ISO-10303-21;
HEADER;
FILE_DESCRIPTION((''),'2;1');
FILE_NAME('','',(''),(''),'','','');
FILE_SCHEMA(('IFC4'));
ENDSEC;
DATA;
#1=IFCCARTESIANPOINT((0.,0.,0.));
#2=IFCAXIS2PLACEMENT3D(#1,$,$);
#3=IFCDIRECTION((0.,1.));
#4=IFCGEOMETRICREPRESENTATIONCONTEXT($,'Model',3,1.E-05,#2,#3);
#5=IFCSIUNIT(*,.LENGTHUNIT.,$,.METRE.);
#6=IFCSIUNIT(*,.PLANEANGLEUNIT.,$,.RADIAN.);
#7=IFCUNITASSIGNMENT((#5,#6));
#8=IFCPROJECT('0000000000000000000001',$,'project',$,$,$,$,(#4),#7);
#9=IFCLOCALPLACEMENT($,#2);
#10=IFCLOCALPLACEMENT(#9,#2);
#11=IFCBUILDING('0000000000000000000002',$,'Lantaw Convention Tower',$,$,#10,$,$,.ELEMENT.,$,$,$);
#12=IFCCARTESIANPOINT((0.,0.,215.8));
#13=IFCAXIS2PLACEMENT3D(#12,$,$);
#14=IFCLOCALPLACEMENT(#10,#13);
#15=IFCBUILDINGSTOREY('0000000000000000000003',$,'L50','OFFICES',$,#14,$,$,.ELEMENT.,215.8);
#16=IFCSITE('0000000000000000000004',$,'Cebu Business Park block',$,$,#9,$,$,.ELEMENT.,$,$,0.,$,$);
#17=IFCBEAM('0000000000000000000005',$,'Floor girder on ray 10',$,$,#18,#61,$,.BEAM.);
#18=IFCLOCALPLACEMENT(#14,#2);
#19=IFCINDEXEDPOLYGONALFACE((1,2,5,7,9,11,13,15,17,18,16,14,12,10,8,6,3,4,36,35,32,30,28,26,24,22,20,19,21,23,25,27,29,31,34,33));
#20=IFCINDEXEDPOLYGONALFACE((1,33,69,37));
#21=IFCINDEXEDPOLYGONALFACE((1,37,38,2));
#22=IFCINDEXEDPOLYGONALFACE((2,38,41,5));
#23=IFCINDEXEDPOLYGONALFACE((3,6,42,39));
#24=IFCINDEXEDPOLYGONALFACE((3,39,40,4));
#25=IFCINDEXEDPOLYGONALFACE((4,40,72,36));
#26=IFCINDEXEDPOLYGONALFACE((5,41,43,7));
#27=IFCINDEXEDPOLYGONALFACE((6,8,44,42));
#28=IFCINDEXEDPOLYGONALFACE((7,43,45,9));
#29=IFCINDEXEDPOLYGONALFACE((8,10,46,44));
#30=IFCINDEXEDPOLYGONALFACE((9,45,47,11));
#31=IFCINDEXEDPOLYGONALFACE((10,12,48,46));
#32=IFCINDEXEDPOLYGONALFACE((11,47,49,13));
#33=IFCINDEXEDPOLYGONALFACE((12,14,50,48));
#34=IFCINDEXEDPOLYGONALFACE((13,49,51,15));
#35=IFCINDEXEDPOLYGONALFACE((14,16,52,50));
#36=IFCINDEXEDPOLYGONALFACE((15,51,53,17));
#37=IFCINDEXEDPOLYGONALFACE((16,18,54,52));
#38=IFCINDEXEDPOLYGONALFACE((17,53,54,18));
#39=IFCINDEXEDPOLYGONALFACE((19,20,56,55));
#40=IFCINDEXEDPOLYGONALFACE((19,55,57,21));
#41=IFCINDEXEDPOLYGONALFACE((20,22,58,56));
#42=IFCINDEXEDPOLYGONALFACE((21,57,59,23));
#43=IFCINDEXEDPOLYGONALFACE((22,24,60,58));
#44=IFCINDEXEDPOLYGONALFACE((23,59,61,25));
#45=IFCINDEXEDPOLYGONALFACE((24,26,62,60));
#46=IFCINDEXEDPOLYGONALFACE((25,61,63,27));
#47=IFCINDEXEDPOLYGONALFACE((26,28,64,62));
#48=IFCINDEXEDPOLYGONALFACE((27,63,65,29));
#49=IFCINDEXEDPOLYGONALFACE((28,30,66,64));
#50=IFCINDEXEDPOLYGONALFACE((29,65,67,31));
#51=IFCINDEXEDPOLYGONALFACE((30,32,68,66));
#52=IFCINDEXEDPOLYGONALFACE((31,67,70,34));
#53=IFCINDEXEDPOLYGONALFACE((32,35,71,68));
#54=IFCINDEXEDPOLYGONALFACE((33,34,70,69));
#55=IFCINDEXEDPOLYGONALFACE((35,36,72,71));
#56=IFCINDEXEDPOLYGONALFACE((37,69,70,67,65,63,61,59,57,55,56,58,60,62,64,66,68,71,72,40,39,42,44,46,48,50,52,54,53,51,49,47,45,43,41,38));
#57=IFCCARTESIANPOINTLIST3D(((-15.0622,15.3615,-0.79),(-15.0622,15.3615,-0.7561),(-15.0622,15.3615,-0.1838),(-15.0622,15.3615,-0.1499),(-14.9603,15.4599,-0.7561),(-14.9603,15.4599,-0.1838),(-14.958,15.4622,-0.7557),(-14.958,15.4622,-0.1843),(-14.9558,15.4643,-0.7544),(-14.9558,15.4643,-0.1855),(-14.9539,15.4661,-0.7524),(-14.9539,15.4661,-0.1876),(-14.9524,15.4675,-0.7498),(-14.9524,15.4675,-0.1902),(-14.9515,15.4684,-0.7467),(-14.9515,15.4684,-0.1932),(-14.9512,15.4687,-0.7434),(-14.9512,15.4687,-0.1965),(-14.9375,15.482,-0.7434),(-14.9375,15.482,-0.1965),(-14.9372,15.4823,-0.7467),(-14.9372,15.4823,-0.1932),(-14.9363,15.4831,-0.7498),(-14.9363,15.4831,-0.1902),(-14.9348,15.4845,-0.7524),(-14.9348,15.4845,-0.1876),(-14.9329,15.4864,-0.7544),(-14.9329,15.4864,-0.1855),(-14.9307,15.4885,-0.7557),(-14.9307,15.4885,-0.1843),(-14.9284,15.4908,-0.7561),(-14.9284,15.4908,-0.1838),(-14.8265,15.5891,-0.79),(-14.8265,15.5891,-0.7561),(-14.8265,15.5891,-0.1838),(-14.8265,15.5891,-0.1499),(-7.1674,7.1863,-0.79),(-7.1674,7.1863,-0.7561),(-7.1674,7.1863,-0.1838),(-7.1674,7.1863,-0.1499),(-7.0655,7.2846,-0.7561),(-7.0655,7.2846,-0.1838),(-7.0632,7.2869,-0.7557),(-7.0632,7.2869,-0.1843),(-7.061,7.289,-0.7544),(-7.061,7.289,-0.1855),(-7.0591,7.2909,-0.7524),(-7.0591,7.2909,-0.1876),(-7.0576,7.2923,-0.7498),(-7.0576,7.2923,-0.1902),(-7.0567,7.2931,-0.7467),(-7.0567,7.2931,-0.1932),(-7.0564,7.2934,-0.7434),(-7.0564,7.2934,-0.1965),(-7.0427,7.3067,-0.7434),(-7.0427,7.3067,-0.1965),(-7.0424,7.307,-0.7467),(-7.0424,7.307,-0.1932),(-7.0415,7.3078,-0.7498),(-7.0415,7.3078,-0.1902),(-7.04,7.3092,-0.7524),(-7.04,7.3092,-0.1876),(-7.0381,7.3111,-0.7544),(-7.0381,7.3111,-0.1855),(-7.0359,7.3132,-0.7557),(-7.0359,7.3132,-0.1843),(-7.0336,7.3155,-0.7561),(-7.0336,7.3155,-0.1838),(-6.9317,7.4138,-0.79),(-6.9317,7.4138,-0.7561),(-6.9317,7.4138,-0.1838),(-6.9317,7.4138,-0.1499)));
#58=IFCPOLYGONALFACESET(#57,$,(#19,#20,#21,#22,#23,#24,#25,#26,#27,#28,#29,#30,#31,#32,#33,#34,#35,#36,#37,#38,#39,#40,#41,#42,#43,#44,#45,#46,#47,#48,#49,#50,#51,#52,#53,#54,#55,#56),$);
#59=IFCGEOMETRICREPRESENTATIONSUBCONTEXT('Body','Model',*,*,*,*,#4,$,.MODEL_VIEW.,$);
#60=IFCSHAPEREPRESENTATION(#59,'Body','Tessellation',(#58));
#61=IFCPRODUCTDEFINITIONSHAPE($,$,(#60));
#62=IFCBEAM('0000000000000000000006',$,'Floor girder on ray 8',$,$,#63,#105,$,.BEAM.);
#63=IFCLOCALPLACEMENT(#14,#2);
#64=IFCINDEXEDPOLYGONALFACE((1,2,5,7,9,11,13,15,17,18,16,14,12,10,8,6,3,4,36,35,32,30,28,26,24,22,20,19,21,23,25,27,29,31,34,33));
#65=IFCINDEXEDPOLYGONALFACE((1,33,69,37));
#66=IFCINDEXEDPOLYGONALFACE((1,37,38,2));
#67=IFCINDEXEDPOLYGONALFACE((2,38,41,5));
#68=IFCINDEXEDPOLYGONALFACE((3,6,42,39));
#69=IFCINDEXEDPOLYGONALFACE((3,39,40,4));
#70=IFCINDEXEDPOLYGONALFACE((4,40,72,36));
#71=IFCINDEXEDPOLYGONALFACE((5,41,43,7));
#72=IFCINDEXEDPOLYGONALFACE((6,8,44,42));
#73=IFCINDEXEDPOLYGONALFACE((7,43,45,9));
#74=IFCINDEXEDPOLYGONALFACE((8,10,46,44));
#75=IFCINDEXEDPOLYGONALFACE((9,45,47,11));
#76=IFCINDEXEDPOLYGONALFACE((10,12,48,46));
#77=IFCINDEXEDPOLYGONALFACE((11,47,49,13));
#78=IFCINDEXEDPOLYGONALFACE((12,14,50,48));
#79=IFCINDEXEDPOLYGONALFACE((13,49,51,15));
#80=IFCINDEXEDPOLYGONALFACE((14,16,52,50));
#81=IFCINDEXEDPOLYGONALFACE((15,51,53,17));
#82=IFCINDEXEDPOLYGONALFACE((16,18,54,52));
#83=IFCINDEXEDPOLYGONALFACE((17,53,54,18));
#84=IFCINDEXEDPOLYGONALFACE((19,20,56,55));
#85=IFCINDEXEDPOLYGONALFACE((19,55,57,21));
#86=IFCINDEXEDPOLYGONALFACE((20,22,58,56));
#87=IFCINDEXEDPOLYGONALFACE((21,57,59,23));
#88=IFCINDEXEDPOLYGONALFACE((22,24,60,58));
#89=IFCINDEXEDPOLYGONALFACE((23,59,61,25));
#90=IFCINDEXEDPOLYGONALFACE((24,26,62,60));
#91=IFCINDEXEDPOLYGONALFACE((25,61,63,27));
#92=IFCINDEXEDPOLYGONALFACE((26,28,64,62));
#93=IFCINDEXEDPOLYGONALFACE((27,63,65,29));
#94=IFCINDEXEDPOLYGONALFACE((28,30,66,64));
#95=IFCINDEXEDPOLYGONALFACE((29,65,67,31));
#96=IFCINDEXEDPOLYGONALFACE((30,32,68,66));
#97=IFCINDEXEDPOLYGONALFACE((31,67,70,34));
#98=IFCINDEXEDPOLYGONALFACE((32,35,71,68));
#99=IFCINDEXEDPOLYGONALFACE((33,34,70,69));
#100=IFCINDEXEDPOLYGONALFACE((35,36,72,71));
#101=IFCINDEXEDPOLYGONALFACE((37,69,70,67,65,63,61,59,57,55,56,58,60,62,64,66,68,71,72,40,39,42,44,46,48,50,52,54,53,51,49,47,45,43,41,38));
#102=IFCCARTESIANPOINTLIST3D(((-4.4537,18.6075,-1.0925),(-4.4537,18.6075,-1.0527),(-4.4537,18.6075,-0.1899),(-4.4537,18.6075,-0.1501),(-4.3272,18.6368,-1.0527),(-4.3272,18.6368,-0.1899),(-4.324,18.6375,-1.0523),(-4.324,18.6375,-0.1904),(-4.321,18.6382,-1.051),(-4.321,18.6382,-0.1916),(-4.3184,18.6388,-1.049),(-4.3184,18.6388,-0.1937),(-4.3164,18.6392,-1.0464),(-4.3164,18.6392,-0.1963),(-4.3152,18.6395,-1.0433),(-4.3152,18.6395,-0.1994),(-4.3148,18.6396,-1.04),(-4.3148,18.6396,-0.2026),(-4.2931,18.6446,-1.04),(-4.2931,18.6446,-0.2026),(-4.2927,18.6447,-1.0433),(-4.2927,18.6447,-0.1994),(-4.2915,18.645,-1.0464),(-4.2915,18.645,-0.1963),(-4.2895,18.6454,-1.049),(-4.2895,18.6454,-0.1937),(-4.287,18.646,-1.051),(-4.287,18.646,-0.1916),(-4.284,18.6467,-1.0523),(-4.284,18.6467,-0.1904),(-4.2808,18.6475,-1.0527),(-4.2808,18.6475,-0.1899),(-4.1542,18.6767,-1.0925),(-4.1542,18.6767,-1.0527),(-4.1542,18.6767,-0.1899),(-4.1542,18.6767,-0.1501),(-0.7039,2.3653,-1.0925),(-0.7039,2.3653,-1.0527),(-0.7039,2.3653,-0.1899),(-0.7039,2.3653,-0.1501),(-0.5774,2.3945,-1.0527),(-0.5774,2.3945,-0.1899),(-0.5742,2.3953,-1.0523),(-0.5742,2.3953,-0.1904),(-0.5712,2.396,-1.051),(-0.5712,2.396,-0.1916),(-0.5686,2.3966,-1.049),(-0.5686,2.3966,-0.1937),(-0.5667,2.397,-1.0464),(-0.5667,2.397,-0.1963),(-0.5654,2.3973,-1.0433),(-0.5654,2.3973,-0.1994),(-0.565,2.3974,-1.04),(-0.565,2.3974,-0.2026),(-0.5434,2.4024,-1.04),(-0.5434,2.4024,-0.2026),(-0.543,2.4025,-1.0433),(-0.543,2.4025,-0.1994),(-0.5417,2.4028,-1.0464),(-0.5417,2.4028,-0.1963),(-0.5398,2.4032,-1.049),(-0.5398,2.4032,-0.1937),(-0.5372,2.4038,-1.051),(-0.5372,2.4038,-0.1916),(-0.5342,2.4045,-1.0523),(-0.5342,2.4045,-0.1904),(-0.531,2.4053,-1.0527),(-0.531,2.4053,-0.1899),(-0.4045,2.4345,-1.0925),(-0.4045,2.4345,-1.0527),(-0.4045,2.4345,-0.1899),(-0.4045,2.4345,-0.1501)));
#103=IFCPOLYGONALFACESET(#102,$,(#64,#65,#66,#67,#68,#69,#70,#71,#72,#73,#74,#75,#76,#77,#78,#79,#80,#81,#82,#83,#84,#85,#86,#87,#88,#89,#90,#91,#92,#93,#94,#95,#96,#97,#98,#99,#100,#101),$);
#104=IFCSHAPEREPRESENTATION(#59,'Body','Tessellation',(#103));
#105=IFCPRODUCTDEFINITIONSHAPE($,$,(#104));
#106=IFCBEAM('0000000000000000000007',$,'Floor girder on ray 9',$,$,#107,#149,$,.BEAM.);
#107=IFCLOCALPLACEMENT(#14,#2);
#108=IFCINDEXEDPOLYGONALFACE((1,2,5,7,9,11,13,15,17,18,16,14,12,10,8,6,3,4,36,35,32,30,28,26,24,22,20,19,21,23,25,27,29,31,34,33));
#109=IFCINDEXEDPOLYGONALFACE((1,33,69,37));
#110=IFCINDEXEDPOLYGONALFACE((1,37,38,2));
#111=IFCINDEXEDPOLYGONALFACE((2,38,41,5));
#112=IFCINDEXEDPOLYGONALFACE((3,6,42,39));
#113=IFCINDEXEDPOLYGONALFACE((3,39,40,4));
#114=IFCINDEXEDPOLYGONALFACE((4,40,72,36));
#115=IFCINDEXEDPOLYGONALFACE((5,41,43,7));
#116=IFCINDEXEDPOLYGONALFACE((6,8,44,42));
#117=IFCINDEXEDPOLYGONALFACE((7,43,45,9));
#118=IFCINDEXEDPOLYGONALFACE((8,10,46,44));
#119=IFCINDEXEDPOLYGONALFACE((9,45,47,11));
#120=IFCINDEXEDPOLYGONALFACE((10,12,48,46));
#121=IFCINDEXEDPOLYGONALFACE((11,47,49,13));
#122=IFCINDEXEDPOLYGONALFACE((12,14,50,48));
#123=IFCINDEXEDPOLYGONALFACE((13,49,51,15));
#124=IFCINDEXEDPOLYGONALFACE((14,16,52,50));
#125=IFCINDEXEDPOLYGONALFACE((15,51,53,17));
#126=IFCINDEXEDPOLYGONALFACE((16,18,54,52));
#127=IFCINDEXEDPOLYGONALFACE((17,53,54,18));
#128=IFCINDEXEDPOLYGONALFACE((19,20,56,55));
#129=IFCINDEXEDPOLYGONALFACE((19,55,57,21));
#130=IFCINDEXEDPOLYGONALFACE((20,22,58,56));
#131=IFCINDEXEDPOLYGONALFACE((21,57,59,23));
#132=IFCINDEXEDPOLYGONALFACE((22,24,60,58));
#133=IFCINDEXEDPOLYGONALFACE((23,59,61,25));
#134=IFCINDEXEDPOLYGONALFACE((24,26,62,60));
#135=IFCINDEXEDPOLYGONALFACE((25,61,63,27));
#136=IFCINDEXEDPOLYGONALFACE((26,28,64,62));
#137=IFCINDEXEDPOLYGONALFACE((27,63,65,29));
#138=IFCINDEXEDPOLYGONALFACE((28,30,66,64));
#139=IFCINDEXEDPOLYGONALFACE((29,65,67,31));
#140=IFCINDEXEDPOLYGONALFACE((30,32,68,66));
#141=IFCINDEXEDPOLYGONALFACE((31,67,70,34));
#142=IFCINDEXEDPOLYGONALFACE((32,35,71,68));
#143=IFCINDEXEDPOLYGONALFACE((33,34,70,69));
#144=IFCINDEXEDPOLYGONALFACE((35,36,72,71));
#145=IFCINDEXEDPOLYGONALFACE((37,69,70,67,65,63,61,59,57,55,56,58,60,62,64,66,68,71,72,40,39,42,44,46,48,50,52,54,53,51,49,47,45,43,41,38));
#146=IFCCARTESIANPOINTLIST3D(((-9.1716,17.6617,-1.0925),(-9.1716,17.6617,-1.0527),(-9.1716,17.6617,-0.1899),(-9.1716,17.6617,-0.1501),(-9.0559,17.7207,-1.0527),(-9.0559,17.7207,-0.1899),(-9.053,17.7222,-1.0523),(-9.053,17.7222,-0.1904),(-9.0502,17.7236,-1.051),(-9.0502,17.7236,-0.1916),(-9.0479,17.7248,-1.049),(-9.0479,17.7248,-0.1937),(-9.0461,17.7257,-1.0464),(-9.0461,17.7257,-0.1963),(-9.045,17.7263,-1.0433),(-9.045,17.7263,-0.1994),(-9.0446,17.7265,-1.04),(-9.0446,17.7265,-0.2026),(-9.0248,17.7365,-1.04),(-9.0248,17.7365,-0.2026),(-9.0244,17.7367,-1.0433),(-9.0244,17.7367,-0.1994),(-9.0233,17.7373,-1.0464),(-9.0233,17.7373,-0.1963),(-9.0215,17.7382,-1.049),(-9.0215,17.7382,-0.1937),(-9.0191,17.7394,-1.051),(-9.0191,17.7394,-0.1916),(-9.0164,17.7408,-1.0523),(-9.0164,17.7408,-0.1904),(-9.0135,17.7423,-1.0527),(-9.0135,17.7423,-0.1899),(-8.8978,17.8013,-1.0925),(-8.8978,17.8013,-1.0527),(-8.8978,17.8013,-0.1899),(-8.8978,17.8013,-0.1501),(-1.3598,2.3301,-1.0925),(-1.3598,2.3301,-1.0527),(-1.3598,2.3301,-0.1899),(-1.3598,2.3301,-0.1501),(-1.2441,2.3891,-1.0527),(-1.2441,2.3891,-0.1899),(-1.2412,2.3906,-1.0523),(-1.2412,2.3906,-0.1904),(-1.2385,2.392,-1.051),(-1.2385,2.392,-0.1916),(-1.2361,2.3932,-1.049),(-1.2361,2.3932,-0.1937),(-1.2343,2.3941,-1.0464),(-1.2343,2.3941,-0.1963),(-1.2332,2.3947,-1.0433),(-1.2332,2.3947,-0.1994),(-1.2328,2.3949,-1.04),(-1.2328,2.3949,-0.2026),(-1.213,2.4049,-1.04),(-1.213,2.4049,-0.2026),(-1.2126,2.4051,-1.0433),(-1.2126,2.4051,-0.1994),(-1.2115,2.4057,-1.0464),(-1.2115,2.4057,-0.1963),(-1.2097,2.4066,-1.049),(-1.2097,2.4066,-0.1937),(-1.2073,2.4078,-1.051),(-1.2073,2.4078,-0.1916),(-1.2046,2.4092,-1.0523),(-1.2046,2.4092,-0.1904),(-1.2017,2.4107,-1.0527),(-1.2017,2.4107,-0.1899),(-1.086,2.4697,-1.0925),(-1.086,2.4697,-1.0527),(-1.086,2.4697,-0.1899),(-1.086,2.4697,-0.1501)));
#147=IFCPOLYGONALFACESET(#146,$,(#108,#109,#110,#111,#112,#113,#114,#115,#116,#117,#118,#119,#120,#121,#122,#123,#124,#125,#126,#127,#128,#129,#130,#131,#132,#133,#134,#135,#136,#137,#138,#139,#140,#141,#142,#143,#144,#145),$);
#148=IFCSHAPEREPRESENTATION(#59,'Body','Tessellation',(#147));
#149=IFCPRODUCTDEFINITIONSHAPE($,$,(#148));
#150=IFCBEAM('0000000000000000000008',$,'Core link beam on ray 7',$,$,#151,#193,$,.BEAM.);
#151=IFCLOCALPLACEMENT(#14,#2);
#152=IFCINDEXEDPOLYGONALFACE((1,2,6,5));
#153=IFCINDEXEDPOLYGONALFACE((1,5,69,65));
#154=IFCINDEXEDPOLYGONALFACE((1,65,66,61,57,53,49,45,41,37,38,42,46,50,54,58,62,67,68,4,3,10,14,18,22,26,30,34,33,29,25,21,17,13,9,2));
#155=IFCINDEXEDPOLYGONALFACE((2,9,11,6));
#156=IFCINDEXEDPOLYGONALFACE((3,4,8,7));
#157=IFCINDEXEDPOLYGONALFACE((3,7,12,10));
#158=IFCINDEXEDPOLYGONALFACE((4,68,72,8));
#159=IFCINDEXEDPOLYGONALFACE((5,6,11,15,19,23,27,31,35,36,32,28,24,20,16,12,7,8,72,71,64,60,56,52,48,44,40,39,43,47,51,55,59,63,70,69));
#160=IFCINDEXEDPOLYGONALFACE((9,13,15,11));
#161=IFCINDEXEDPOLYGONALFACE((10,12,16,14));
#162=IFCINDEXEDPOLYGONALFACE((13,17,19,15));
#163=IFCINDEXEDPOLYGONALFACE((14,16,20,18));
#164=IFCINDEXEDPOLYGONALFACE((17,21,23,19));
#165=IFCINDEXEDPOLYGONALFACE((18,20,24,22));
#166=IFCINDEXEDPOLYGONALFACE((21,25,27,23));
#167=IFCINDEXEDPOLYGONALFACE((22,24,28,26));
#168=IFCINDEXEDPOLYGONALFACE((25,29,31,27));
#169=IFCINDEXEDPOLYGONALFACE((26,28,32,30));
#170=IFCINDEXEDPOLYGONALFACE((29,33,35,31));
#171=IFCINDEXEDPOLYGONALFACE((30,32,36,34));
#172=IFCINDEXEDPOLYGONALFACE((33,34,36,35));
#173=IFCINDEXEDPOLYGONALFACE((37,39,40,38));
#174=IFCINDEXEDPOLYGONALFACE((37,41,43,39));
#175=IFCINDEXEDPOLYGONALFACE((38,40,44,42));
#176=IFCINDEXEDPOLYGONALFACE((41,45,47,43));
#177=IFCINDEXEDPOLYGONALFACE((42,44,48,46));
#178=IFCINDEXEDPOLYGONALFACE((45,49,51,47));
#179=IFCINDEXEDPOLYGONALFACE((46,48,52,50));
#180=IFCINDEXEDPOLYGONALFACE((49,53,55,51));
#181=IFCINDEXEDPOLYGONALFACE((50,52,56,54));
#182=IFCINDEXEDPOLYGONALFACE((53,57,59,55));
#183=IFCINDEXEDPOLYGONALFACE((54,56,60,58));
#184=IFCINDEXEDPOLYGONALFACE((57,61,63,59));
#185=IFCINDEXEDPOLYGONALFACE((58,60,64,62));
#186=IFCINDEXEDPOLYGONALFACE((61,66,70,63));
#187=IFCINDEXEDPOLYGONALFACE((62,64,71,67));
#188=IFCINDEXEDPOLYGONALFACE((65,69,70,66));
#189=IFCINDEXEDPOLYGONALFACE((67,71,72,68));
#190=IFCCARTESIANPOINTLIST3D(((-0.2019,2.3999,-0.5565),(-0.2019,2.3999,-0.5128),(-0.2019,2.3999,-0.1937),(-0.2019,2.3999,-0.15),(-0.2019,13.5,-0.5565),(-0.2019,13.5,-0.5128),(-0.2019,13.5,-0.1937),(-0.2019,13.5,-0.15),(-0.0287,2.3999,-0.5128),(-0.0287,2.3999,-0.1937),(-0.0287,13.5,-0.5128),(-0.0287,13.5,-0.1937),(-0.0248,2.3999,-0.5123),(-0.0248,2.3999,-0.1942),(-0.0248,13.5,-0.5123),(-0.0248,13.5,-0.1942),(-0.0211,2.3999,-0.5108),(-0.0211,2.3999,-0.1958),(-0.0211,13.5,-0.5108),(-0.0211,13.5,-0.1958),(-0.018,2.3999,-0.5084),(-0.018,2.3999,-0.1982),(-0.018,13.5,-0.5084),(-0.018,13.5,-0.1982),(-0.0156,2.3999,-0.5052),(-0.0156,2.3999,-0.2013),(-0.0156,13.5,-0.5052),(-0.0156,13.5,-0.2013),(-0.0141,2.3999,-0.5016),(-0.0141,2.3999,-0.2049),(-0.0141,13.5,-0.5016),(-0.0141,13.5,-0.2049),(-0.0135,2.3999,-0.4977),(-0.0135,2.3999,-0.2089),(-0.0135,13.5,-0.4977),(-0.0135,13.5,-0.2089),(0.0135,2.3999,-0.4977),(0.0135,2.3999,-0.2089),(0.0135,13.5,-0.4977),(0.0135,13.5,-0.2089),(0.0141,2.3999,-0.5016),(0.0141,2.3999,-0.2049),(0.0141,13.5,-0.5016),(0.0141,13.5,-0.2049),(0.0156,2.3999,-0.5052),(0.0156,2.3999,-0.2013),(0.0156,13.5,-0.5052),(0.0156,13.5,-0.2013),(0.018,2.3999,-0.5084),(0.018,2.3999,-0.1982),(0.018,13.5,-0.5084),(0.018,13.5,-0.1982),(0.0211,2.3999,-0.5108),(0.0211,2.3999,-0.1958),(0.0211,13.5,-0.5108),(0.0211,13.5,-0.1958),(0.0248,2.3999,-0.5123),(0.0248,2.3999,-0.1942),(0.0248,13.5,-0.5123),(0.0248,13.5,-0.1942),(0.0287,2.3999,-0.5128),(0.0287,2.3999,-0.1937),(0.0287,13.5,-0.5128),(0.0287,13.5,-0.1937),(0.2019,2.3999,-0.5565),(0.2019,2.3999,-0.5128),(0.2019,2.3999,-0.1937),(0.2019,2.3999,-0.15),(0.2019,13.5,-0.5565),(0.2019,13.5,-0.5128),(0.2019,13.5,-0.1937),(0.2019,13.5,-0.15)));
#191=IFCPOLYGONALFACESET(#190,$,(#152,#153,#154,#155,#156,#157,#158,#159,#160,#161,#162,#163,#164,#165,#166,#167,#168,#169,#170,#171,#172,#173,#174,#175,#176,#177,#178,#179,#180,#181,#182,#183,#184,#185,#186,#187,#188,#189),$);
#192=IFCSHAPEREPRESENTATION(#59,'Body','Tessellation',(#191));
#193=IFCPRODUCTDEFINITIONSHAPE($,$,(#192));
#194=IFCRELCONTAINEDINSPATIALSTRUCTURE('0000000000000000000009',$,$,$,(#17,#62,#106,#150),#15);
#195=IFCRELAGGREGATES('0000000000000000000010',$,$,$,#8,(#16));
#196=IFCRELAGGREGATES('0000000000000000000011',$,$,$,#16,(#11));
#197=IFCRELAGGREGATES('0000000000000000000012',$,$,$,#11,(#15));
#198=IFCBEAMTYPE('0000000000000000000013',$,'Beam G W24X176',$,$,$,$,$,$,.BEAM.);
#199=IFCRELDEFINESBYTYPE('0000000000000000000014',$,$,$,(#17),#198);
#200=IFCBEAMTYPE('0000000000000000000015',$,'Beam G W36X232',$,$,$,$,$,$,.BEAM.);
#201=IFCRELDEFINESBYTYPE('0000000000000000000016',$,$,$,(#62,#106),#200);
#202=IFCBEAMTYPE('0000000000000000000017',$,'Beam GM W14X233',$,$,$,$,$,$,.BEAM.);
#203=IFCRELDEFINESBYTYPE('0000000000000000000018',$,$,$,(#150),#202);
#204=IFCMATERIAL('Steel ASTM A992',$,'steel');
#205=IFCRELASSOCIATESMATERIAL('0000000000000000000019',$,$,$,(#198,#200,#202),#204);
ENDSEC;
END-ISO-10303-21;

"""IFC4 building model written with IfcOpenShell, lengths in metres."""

from ifc_helpers import new_model, si_unit, direction, frame, origin, origin_2d, place, context, subcontext, project, spatial, i_section, extrude, material, material_profile, profile_set, type_object, element, save


model = new_model("IFC4")

# Units and contexts
model_context = context("Model", 3, precision=1e-05, world=origin(), true_north=direction((0.0, 1.0)))
body_context = subcontext(model_context, "Body", "Model", "MODEL_VIEW")
ifc_project = project(units=[si_unit("LENGTHUNIT", "METRE"), si_unit("PLANEANGLEUNIT", "RADIAN")], contexts=[model_context])

# Site, building, storey
site_placement = place(None, origin())
site = spatial("IfcSite", under=ifc_project, at=site_placement, Name="Cebu Business Park block", CompositionType="ELEMENT", RefElevation=0.0)
building_placement = place(site_placement, origin())
building = spatial("IfcBuilding", under=site, at=building_placement, Name="Lantaw Convention Tower", CompositionType="ELEMENT")
storey_placement = place(building_placement, frame((0.0, 0.0, 215.8)))
storey = spatial("IfcBuildingStorey", under=building, at=storey_placement, Name="L50", Description="OFFICES", CompositionType="ELEMENT", Elevation=215.8)

# Beams
ifc_material_1 = material(Name="Steel ASTM A992", Category="steel")
ifc_material_profile_1 = material_profile(ifc_material_1, i_section(OverallWidth=0.3276, OverallDepth=0.6401, WebThickness=0.019, FlangeThickness=0.0339, FilletRadius=0.0127, at=origin_2d()), Name="W24X176")
ifc_profile_set_1 = profile_set([ifc_material_profile_1], Name="Steel ASTM A992")
beam_type_1 = type_object("IfcBeamType", Name="Beam G W24X176", PredefinedType="BEAM", material=ifc_profile_set_1)
beam_1_placement = place(storey_placement, frame((-7.0496, 7.3, -0.47), z_axis=(-0.694658, 0.71934, 0.0), x_axis=(-0.71934, -0.694658, 0.0)))
element("IfcBeam", 1, at=beam_1_placement, inside=storey, type_object=beam_type_1, Name="Floor girder on ray 10", PredefinedType="BEAM", context=body_context, shape_type="SweptSolid", body=[
    extrude(i_section(OverallWidth=0.3276, OverallDepth=0.6401, WebThickness=0.019, FlangeThickness=0.0339, FilletRadius=0.0127, at=origin_2d()), origin(), (0.0, 0.0, 1.0), 11.365),
])
ifc_material_profile_2 = material_profile(ifc_material_1, i_section(OverallWidth=0.3074, OverallDepth=0.9424, WebThickness=0.0222, FlangeThickness=0.0398, FilletRadius=0.0127, at=origin_2d()), Name="W36X232")
ifc_profile_set_2 = profile_set([ifc_material_profile_2], Name="Steel ASTM A992")
beam_type_2 = type_object("IfcBeamType", Name="Beam G W36X232", PredefinedType="BEAM", material=ifc_profile_set_2)
beam_2_placement = place(storey_placement, frame((-0.5542, 2.3999, -0.6213), z_axis=(-0.224948, 0.974371, 0.0), x_axis=(-0.974371, -0.224948, 0.0)))
element("IfcBeam", 2, at=beam_2_placement, inside=storey, type_object=beam_type_2, Name="Floor girder on ray 8", PredefinedType="BEAM", context=body_context, shape_type="SweptSolid", body=[
    extrude(i_section(OverallWidth=0.3074, OverallDepth=0.9424, WebThickness=0.0222, FlangeThickness=0.0398, FilletRadius=0.0127, at=origin_2d()), origin(), (0.0, 0.0, 1.0), 16.6694),
])
beam_3_placement = place(storey_placement, frame((-1.2229, 2.3999, -0.6213), z_axis=(-0.453988, 0.891008, 0.0), x_axis=(-0.891008, -0.453988, 0.0)))
element("IfcBeam", 3, at=beam_3_placement, inside=storey, type_object=beam_type_2, Name="Floor girder on ray 9", PredefinedType="BEAM", context=body_context, shape_type="SweptSolid", body=[
    extrude(i_section(OverallWidth=0.3074, OverallDepth=0.9424, WebThickness=0.0222, FlangeThickness=0.0398, FilletRadius=0.0127, at=origin_2d()), origin(), (0.0, 0.0, 1.0), 17.207),
])
ifc_material_profile_3 = material_profile(ifc_material_1, i_section(OverallWidth=0.4038, OverallDepth=0.4065, WebThickness=0.0271, FlangeThickness=0.0437, FilletRadius=0.0151, at=origin_2d()), Name="W14X233")
ifc_profile_set_3 = profile_set([ifc_material_profile_3], Name="Steel ASTM A992")
beam_type_3 = type_object("IfcBeamType", Name="Beam GM W14X233", PredefinedType="BEAM", material=ifc_profile_set_3)
beam_4_placement = place(storey_placement, frame((0.0, 2.3999, -0.3533), z_axis=(0.0, 1.0, 0.0), x_axis=(-1.0, 0.0, 0.0)))
element("IfcBeam", 4, at=beam_4_placement, inside=storey, type_object=beam_type_3, Name="Core link beam on ray 7", PredefinedType="BEAM", context=body_context, shape_type="SweptSolid", body=[
    extrude(i_section(OverallWidth=0.4038, OverallDepth=0.4065, WebThickness=0.0271, FlangeThickness=0.0437, FilletRadius=0.0151, at=origin_2d()), origin(), (0.0, 0.0, 1.0), 11.1001),
])

save(model, "model.ifc")
